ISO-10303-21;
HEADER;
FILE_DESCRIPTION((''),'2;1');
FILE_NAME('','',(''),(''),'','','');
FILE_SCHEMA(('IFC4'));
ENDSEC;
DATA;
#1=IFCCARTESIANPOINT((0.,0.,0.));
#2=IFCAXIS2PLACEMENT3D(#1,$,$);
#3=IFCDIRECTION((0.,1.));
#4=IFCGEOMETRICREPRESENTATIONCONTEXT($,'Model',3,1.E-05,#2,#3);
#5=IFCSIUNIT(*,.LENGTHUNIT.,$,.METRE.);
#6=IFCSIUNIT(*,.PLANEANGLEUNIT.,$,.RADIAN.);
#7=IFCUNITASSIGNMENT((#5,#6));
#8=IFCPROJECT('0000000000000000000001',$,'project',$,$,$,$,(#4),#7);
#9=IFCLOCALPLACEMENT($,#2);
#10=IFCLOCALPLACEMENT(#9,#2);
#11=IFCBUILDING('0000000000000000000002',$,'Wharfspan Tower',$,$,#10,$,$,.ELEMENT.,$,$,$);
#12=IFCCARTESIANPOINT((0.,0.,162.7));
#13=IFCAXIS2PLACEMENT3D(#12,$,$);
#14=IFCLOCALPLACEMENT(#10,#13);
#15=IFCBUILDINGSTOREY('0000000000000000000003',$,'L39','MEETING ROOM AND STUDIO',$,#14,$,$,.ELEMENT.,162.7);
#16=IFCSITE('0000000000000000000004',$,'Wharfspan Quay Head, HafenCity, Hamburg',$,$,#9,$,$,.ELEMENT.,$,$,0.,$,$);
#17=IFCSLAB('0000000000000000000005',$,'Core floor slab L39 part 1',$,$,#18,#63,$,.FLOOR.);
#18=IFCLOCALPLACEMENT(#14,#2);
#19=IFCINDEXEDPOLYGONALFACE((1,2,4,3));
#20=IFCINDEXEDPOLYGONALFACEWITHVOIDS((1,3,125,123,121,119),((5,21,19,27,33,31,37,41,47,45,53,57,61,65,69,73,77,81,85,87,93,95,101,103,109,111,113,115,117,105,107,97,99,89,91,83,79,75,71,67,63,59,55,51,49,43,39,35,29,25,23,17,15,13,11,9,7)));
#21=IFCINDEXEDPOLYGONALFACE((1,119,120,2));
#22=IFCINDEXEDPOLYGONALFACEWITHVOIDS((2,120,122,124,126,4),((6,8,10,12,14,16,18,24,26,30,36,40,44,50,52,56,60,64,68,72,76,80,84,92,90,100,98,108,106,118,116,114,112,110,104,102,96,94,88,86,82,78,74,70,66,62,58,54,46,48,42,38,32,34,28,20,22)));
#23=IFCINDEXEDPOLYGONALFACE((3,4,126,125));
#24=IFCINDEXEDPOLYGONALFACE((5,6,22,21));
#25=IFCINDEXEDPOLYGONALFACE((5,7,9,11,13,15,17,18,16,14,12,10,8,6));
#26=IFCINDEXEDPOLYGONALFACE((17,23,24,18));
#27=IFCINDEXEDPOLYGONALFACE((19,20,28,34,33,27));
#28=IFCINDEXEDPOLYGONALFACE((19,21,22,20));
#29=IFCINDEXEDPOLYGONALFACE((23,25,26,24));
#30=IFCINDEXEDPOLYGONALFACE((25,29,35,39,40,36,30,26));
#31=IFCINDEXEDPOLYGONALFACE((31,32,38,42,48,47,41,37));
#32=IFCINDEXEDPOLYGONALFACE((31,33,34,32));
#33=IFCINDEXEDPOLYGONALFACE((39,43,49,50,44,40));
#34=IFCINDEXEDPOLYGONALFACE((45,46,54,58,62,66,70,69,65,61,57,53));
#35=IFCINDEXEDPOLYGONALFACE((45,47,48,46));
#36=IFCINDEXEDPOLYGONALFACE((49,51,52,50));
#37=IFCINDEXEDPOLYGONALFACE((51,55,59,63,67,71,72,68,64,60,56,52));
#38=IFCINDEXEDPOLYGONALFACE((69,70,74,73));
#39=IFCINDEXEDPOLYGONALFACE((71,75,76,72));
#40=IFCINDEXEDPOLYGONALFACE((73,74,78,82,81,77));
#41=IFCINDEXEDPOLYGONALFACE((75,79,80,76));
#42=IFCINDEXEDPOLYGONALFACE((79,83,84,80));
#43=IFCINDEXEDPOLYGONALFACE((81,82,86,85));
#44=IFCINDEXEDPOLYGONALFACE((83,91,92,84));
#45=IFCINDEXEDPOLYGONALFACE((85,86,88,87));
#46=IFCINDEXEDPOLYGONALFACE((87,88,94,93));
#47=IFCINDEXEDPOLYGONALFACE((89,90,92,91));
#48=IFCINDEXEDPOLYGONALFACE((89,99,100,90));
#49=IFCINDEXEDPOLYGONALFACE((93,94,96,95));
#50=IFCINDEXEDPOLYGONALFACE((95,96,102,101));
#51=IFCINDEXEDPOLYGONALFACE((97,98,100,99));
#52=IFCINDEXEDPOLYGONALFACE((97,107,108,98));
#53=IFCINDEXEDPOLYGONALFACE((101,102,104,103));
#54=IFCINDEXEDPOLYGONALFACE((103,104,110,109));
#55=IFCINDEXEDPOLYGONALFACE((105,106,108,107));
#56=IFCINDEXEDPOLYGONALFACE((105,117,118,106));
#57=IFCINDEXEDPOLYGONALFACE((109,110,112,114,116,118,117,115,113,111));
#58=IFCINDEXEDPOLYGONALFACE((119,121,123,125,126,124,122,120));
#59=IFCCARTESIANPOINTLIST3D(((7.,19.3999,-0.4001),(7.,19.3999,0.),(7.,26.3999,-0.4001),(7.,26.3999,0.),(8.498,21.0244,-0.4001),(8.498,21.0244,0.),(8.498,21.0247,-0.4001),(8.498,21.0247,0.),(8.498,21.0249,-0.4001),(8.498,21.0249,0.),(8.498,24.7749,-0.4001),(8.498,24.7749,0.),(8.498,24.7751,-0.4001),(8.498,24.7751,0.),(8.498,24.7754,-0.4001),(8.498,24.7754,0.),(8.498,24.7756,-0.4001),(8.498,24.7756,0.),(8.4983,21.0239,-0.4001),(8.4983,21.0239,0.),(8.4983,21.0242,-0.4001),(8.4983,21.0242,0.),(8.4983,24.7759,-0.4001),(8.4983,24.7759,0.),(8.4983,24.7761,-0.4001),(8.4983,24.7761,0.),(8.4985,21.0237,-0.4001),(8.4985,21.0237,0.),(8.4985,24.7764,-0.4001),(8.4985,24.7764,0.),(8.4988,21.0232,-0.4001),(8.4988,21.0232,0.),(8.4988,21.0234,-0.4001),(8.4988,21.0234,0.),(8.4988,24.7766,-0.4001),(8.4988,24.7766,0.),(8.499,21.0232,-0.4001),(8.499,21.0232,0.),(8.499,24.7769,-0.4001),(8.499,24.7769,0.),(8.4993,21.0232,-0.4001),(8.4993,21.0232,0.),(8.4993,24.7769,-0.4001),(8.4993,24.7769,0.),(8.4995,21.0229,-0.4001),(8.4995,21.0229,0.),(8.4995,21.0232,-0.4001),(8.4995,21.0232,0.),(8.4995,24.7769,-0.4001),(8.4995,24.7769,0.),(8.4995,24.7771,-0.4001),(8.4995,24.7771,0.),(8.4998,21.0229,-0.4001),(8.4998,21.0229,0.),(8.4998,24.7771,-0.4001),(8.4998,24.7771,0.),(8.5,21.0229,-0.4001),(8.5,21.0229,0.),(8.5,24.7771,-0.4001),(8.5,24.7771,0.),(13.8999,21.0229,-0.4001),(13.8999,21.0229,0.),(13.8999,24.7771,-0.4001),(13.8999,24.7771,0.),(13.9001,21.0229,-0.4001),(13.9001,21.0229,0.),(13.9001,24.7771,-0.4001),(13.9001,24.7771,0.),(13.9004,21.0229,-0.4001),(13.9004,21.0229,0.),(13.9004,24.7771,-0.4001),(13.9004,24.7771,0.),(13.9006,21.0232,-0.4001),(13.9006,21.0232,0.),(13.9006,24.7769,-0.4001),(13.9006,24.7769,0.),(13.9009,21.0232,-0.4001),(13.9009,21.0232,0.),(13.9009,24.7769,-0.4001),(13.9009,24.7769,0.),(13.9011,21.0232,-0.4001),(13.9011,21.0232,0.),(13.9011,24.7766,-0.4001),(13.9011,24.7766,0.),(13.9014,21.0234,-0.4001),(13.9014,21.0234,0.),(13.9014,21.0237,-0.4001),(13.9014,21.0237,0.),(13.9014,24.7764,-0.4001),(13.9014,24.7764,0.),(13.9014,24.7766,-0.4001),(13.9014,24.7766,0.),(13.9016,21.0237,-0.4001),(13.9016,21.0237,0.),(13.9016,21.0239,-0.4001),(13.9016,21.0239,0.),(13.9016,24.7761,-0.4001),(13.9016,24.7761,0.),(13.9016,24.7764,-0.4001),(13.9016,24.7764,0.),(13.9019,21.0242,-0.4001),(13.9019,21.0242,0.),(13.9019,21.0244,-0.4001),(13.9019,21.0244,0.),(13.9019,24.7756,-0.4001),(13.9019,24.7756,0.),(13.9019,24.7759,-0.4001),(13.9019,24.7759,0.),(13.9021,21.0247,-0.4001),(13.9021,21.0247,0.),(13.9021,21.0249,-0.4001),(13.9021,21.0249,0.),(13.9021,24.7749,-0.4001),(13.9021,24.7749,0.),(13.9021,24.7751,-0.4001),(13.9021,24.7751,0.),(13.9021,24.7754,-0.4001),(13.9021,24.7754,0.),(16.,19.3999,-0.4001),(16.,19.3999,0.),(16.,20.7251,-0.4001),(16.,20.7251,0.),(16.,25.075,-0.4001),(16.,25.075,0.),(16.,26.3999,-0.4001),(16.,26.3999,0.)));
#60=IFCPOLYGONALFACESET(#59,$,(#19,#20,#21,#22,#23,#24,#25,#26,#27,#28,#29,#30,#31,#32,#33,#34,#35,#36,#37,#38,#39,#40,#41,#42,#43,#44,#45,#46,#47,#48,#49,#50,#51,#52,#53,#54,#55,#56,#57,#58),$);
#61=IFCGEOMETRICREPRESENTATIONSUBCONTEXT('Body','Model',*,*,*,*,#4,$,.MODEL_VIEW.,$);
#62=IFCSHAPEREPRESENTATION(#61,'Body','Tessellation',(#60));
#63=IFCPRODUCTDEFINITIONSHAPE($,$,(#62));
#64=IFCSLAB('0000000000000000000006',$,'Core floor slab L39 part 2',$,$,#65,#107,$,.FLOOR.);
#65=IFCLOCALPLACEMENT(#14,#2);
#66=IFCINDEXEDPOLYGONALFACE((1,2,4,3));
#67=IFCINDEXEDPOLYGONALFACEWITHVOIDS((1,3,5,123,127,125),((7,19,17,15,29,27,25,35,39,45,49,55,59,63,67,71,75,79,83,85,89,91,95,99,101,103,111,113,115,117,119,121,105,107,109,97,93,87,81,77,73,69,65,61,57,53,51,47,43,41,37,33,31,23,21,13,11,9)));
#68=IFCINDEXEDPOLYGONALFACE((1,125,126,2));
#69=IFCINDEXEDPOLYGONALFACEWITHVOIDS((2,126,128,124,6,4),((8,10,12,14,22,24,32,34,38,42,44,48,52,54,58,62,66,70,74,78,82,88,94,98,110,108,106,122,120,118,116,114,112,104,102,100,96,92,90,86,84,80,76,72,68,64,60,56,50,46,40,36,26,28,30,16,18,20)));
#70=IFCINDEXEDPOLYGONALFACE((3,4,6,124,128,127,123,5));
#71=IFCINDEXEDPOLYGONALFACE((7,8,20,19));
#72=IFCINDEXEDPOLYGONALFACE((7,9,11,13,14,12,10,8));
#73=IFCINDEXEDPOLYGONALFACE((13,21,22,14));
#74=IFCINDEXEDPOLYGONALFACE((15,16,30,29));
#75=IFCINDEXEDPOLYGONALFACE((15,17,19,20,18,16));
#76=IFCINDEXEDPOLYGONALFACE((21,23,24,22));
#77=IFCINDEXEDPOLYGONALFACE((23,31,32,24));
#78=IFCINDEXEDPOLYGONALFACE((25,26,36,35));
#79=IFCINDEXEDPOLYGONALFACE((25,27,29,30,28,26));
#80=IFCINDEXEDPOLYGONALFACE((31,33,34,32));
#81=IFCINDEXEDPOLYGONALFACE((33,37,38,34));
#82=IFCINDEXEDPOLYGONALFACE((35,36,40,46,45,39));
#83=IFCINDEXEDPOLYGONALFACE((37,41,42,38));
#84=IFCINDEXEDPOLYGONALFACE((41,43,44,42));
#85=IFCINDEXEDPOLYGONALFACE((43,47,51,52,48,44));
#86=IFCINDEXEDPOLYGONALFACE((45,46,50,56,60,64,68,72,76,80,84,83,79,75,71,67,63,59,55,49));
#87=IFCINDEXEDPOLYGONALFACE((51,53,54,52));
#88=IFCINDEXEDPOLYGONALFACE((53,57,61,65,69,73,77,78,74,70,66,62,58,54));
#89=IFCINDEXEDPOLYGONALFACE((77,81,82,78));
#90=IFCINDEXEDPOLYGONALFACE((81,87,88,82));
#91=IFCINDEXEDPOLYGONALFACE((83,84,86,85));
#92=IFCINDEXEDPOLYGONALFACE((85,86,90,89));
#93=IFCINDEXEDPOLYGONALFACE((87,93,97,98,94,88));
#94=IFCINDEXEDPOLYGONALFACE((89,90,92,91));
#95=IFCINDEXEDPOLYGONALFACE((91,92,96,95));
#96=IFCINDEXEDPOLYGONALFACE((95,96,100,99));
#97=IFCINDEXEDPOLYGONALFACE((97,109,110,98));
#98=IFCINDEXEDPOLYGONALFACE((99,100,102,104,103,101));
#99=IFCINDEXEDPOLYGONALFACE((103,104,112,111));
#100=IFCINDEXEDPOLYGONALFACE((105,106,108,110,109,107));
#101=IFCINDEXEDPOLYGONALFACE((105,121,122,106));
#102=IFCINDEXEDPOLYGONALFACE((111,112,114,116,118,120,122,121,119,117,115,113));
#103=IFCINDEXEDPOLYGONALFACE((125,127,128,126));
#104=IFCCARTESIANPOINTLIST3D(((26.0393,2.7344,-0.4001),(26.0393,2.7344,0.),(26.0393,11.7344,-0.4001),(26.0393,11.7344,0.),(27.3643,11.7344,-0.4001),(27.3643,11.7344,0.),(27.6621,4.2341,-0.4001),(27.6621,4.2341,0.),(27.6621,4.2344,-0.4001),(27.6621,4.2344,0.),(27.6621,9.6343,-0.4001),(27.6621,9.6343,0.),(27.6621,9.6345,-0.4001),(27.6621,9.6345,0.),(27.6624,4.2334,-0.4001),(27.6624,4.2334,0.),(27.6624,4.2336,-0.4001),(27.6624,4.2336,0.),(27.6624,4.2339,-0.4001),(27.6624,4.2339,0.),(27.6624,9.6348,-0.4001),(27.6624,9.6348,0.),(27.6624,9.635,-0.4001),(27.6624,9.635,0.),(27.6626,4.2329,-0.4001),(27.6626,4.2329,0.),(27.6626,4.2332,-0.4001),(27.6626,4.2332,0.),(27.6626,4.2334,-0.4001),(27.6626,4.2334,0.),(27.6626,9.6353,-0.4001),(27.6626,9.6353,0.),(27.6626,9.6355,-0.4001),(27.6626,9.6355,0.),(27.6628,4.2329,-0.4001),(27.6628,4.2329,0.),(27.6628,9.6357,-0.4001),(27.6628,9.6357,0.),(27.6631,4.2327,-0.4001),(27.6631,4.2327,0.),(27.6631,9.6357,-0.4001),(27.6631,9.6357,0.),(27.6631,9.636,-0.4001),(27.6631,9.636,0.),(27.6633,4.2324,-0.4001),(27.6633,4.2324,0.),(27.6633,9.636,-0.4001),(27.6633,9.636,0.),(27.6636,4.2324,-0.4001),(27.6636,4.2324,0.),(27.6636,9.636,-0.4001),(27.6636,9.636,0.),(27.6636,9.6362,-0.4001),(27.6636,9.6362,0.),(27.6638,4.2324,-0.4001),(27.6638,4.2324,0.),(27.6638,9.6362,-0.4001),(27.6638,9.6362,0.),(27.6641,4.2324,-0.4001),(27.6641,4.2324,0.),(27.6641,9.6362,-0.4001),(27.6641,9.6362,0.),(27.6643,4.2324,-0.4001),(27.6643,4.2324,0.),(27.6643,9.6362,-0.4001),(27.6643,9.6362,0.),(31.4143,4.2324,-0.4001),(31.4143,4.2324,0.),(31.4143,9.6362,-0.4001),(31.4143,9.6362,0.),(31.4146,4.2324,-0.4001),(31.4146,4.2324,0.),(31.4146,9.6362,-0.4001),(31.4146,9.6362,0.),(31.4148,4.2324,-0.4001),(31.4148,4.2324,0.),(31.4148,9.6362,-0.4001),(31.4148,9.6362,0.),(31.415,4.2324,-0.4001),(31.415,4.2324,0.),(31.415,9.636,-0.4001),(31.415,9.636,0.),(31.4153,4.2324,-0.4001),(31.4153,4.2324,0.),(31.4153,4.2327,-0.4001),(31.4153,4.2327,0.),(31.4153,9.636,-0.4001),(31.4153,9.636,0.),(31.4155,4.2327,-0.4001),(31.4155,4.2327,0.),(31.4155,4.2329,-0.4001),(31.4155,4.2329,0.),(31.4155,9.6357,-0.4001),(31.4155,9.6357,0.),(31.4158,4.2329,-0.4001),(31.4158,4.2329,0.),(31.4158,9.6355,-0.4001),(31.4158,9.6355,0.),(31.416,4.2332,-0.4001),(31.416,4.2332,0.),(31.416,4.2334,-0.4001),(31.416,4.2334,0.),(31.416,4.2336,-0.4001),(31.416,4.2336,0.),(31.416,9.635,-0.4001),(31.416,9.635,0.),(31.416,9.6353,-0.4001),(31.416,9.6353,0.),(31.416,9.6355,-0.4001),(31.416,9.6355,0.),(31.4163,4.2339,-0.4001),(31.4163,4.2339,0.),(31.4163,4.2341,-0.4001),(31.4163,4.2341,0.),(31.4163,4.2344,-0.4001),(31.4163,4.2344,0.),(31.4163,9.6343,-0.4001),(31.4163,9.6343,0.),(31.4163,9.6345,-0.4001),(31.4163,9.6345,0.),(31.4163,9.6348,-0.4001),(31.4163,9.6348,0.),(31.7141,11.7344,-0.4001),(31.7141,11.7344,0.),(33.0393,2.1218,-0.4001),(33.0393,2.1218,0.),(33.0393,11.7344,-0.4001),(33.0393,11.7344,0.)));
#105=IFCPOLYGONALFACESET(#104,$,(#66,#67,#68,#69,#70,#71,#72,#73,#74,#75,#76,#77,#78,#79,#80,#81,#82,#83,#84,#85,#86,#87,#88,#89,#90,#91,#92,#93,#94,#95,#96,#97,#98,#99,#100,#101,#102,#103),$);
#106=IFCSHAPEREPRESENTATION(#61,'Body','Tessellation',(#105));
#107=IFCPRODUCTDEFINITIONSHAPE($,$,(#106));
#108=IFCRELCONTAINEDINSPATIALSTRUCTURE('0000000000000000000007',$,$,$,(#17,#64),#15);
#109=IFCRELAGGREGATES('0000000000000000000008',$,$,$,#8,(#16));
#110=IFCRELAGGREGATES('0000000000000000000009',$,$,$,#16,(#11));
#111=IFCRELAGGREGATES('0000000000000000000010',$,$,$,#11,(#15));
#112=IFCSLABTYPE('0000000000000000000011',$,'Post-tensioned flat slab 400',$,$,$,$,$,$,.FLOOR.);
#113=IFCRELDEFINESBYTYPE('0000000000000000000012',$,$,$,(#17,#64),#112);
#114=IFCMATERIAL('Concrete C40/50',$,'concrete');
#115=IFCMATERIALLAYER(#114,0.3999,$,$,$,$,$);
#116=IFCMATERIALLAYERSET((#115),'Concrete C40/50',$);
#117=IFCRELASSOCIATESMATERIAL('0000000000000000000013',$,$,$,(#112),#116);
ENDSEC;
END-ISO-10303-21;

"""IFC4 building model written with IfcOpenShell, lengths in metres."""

from ifc_helpers import new_model, si_unit, direction, frame, origin, place, context, subcontext, project, spatial, polyline, outline, extrude, material, layer, layer_set, type_object, element, save


model = new_model("IFC4")

# Units and contexts
model_context = context("Model", 3, precision=1e-05, world=origin(), true_north=direction((0.0, 1.0)))
body_context = subcontext(model_context, "Body", "Model", "MODEL_VIEW")
ifc_project = project(units=[si_unit("LENGTHUNIT", "METRE"), si_unit("PLANEANGLEUNIT", "RADIAN")], contexts=[model_context])

# Site, building, storey
site_placement = place(None, origin())
site = spatial("IfcSite", under=ifc_project, at=site_placement, Name="Wharfspan Quay Head, HafenCity, Hamburg", CompositionType="ELEMENT", RefElevation=0.0)
building_placement = place(site_placement, origin())
building = spatial("IfcBuilding", under=site, at=building_placement, Name="Wharfspan Tower", CompositionType="ELEMENT")
storey_placement = place(building_placement, frame((0.0, 0.0, 162.7)))
storey = spatial("IfcBuildingStorey", under=building, at=storey_placement, Name="L39", Description="MEETING ROOM AND STUDIO", CompositionType="ELEMENT", Elevation=162.7)

# Slabs
ifc_material_1 = material(Name="Concrete C40/50", Category="concrete")
ifc_layer_1 = layer(ifc_material_1, 0.3999)
ifc_layer_set_1 = layer_set([ifc_layer_1], Name="Concrete C40/50")
slab_type_1 = type_object("IfcSlabType", Name="Post-tensioned flat slab 400", PredefinedType="FLOOR", material=ifc_layer_set_1)
slab_1_placement = place(storey_placement, frame((0.0, 0.0, -0.4001)))
element("IfcSlab", 1, at=slab_1_placement, inside=storey, type_object=slab_type_1, Name="Core floor slab L39 part 1", PredefinedType="FLOOR", context=body_context, shape_type="SweptSolid", body=[
    extrude(outline(polyline([(16.0, 20.7251), (16.0, 25.075), (16.0, 26.3999), (7.0, 26.3999), (7.0, 19.3999), (16.0, 19.3999), (16.0, 20.7251)]), holes=[polyline([(13.8999, 24.7771), (13.9001, 24.7771), (13.9004, 24.7771), (13.9006, 24.7769), (13.9009, 24.7769), (13.9009, 24.7769), (13.9011, 24.7766), (13.9014, 24.7766), (13.9014, 24.7764), (13.9016, 24.7764), (13.9016, 24.7761), (13.9019, 24.7759), (13.9019, 24.7759), (13.9019, 24.7756), (13.9021, 24.7754), (13.9021, 24.7751), (13.9021, 24.7749), (13.9021, 21.0249), (13.9021, 21.0249), (13.9021, 21.0247), (13.9019, 21.0244), (13.9019, 21.0242), (13.9019, 21.0242), (13.9016, 21.0239), (13.9016, 21.0237), (13.9014, 21.0237), (13.9014, 21.0234), (13.9011, 21.0232), (13.9009, 21.0232), (13.9009, 21.0232), (13.9006, 21.0232), (13.9004, 21.0229), (13.9001, 21.0229), (13.8999, 21.0229), (8.5, 21.0229), (8.4998, 21.0229), (8.4995, 21.0229), (8.4995, 21.0232), (8.4993, 21.0232), (8.499, 21.0232), (8.4988, 21.0232), (8.4988, 21.0234), (8.4985, 21.0237), (8.4985, 21.0237), (8.4983, 21.0239), (8.4983, 21.0242), (8.4983, 21.0242), (8.498, 21.0244), (8.498, 21.0247), (8.498, 21.0249), (8.498, 21.0249), (8.498, 24.7749), (8.498, 24.7751), (8.498, 24.7754), (8.498, 24.7756), (8.4983, 24.7759), (8.4983, 24.7759), (8.4983, 24.7761), (8.4985, 24.7764), (8.4985, 24.7764), (8.4988, 24.7766), (8.4988, 24.7766), (8.499, 24.7769), (8.4993, 24.7769), (8.4995, 24.7769), (8.4995, 24.7771), (8.4998, 24.7771), (8.5, 24.7771), (13.8999, 24.7771)])]), origin(), (0.0, 0.0, 1.0), 0.4001),
])
slab_2_placement = place(storey_placement, frame((0.0, 0.0, -0.4001)))
element("IfcSlab", 2, at=slab_2_placement, inside=storey, type_object=slab_type_1, Name="Core floor slab L39 part 2", PredefinedType="FLOOR", context=body_context, shape_type="SweptSolid", body=[
    extrude(outline(polyline([(31.7141, 11.7344), (27.3643, 11.7344), (26.0393, 11.7344), (26.0393, 2.7344), (33.0393, 2.1218), (33.0393, 11.7344), (31.7141, 11.7344)]), holes=[polyline([(27.6621, 9.6343), (27.6621, 9.6345), (27.6624, 9.6348), (27.6624, 9.635), (27.6624, 9.635), (27.6626, 9.6353), (27.6626, 9.6355), (27.6626, 9.6355), (27.6628, 9.6357), (27.6631, 9.6357), (27.6631, 9.636), (27.6633, 9.636), (27.6636, 9.636), (27.6636, 9.6362), (27.6638, 9.6362), (27.6641, 9.6362), (27.6643, 9.6362), (31.4143, 9.6362), (31.4143, 9.6362), (31.4146, 9.6362), (31.4148, 9.6362), (31.415, 9.636), (31.4153, 9.636), (31.4153, 9.636), (31.4155, 9.6357), (31.4155, 9.6357), (31.4158, 9.6355), (31.416, 9.6355), (31.416, 9.6353), (31.416, 9.635), (31.416, 9.635), (31.4163, 9.6348), (31.4163, 9.6345), (31.4163, 9.6343), (31.4163, 4.2344), (31.4163, 4.2341), (31.4163, 4.2339), (31.416, 4.2336), (31.416, 4.2334), (31.416, 4.2334), (31.416, 4.2332), (31.4158, 4.2329), (31.4155, 4.2329), (31.4155, 4.2327), (31.4153, 4.2327), (31.4153, 4.2324), (31.415, 4.2324), (31.4148, 4.2324), (31.4146, 4.2324), (31.4143, 4.2324), (31.4143, 4.2324), (27.6643, 4.2324), (27.6641, 4.2324), (27.6638, 4.2324), (27.6636, 4.2324), (27.6636, 4.2324), (27.6633, 4.2324), (27.6631, 4.2327), (27.6631, 4.2327), (27.6628, 4.2329), (27.6626, 4.2329), (27.6626, 4.2332), (27.6626, 4.2334), (27.6624, 4.2334), (27.6624, 4.2336), (27.6624, 4.2339), (27.6621, 4.2341), (27.6621, 4.2344), (27.6621, 9.6343)])]), origin(), (0.0, 0.0, 1.0), 0.4001),
])

save(model, "model.ifc")
